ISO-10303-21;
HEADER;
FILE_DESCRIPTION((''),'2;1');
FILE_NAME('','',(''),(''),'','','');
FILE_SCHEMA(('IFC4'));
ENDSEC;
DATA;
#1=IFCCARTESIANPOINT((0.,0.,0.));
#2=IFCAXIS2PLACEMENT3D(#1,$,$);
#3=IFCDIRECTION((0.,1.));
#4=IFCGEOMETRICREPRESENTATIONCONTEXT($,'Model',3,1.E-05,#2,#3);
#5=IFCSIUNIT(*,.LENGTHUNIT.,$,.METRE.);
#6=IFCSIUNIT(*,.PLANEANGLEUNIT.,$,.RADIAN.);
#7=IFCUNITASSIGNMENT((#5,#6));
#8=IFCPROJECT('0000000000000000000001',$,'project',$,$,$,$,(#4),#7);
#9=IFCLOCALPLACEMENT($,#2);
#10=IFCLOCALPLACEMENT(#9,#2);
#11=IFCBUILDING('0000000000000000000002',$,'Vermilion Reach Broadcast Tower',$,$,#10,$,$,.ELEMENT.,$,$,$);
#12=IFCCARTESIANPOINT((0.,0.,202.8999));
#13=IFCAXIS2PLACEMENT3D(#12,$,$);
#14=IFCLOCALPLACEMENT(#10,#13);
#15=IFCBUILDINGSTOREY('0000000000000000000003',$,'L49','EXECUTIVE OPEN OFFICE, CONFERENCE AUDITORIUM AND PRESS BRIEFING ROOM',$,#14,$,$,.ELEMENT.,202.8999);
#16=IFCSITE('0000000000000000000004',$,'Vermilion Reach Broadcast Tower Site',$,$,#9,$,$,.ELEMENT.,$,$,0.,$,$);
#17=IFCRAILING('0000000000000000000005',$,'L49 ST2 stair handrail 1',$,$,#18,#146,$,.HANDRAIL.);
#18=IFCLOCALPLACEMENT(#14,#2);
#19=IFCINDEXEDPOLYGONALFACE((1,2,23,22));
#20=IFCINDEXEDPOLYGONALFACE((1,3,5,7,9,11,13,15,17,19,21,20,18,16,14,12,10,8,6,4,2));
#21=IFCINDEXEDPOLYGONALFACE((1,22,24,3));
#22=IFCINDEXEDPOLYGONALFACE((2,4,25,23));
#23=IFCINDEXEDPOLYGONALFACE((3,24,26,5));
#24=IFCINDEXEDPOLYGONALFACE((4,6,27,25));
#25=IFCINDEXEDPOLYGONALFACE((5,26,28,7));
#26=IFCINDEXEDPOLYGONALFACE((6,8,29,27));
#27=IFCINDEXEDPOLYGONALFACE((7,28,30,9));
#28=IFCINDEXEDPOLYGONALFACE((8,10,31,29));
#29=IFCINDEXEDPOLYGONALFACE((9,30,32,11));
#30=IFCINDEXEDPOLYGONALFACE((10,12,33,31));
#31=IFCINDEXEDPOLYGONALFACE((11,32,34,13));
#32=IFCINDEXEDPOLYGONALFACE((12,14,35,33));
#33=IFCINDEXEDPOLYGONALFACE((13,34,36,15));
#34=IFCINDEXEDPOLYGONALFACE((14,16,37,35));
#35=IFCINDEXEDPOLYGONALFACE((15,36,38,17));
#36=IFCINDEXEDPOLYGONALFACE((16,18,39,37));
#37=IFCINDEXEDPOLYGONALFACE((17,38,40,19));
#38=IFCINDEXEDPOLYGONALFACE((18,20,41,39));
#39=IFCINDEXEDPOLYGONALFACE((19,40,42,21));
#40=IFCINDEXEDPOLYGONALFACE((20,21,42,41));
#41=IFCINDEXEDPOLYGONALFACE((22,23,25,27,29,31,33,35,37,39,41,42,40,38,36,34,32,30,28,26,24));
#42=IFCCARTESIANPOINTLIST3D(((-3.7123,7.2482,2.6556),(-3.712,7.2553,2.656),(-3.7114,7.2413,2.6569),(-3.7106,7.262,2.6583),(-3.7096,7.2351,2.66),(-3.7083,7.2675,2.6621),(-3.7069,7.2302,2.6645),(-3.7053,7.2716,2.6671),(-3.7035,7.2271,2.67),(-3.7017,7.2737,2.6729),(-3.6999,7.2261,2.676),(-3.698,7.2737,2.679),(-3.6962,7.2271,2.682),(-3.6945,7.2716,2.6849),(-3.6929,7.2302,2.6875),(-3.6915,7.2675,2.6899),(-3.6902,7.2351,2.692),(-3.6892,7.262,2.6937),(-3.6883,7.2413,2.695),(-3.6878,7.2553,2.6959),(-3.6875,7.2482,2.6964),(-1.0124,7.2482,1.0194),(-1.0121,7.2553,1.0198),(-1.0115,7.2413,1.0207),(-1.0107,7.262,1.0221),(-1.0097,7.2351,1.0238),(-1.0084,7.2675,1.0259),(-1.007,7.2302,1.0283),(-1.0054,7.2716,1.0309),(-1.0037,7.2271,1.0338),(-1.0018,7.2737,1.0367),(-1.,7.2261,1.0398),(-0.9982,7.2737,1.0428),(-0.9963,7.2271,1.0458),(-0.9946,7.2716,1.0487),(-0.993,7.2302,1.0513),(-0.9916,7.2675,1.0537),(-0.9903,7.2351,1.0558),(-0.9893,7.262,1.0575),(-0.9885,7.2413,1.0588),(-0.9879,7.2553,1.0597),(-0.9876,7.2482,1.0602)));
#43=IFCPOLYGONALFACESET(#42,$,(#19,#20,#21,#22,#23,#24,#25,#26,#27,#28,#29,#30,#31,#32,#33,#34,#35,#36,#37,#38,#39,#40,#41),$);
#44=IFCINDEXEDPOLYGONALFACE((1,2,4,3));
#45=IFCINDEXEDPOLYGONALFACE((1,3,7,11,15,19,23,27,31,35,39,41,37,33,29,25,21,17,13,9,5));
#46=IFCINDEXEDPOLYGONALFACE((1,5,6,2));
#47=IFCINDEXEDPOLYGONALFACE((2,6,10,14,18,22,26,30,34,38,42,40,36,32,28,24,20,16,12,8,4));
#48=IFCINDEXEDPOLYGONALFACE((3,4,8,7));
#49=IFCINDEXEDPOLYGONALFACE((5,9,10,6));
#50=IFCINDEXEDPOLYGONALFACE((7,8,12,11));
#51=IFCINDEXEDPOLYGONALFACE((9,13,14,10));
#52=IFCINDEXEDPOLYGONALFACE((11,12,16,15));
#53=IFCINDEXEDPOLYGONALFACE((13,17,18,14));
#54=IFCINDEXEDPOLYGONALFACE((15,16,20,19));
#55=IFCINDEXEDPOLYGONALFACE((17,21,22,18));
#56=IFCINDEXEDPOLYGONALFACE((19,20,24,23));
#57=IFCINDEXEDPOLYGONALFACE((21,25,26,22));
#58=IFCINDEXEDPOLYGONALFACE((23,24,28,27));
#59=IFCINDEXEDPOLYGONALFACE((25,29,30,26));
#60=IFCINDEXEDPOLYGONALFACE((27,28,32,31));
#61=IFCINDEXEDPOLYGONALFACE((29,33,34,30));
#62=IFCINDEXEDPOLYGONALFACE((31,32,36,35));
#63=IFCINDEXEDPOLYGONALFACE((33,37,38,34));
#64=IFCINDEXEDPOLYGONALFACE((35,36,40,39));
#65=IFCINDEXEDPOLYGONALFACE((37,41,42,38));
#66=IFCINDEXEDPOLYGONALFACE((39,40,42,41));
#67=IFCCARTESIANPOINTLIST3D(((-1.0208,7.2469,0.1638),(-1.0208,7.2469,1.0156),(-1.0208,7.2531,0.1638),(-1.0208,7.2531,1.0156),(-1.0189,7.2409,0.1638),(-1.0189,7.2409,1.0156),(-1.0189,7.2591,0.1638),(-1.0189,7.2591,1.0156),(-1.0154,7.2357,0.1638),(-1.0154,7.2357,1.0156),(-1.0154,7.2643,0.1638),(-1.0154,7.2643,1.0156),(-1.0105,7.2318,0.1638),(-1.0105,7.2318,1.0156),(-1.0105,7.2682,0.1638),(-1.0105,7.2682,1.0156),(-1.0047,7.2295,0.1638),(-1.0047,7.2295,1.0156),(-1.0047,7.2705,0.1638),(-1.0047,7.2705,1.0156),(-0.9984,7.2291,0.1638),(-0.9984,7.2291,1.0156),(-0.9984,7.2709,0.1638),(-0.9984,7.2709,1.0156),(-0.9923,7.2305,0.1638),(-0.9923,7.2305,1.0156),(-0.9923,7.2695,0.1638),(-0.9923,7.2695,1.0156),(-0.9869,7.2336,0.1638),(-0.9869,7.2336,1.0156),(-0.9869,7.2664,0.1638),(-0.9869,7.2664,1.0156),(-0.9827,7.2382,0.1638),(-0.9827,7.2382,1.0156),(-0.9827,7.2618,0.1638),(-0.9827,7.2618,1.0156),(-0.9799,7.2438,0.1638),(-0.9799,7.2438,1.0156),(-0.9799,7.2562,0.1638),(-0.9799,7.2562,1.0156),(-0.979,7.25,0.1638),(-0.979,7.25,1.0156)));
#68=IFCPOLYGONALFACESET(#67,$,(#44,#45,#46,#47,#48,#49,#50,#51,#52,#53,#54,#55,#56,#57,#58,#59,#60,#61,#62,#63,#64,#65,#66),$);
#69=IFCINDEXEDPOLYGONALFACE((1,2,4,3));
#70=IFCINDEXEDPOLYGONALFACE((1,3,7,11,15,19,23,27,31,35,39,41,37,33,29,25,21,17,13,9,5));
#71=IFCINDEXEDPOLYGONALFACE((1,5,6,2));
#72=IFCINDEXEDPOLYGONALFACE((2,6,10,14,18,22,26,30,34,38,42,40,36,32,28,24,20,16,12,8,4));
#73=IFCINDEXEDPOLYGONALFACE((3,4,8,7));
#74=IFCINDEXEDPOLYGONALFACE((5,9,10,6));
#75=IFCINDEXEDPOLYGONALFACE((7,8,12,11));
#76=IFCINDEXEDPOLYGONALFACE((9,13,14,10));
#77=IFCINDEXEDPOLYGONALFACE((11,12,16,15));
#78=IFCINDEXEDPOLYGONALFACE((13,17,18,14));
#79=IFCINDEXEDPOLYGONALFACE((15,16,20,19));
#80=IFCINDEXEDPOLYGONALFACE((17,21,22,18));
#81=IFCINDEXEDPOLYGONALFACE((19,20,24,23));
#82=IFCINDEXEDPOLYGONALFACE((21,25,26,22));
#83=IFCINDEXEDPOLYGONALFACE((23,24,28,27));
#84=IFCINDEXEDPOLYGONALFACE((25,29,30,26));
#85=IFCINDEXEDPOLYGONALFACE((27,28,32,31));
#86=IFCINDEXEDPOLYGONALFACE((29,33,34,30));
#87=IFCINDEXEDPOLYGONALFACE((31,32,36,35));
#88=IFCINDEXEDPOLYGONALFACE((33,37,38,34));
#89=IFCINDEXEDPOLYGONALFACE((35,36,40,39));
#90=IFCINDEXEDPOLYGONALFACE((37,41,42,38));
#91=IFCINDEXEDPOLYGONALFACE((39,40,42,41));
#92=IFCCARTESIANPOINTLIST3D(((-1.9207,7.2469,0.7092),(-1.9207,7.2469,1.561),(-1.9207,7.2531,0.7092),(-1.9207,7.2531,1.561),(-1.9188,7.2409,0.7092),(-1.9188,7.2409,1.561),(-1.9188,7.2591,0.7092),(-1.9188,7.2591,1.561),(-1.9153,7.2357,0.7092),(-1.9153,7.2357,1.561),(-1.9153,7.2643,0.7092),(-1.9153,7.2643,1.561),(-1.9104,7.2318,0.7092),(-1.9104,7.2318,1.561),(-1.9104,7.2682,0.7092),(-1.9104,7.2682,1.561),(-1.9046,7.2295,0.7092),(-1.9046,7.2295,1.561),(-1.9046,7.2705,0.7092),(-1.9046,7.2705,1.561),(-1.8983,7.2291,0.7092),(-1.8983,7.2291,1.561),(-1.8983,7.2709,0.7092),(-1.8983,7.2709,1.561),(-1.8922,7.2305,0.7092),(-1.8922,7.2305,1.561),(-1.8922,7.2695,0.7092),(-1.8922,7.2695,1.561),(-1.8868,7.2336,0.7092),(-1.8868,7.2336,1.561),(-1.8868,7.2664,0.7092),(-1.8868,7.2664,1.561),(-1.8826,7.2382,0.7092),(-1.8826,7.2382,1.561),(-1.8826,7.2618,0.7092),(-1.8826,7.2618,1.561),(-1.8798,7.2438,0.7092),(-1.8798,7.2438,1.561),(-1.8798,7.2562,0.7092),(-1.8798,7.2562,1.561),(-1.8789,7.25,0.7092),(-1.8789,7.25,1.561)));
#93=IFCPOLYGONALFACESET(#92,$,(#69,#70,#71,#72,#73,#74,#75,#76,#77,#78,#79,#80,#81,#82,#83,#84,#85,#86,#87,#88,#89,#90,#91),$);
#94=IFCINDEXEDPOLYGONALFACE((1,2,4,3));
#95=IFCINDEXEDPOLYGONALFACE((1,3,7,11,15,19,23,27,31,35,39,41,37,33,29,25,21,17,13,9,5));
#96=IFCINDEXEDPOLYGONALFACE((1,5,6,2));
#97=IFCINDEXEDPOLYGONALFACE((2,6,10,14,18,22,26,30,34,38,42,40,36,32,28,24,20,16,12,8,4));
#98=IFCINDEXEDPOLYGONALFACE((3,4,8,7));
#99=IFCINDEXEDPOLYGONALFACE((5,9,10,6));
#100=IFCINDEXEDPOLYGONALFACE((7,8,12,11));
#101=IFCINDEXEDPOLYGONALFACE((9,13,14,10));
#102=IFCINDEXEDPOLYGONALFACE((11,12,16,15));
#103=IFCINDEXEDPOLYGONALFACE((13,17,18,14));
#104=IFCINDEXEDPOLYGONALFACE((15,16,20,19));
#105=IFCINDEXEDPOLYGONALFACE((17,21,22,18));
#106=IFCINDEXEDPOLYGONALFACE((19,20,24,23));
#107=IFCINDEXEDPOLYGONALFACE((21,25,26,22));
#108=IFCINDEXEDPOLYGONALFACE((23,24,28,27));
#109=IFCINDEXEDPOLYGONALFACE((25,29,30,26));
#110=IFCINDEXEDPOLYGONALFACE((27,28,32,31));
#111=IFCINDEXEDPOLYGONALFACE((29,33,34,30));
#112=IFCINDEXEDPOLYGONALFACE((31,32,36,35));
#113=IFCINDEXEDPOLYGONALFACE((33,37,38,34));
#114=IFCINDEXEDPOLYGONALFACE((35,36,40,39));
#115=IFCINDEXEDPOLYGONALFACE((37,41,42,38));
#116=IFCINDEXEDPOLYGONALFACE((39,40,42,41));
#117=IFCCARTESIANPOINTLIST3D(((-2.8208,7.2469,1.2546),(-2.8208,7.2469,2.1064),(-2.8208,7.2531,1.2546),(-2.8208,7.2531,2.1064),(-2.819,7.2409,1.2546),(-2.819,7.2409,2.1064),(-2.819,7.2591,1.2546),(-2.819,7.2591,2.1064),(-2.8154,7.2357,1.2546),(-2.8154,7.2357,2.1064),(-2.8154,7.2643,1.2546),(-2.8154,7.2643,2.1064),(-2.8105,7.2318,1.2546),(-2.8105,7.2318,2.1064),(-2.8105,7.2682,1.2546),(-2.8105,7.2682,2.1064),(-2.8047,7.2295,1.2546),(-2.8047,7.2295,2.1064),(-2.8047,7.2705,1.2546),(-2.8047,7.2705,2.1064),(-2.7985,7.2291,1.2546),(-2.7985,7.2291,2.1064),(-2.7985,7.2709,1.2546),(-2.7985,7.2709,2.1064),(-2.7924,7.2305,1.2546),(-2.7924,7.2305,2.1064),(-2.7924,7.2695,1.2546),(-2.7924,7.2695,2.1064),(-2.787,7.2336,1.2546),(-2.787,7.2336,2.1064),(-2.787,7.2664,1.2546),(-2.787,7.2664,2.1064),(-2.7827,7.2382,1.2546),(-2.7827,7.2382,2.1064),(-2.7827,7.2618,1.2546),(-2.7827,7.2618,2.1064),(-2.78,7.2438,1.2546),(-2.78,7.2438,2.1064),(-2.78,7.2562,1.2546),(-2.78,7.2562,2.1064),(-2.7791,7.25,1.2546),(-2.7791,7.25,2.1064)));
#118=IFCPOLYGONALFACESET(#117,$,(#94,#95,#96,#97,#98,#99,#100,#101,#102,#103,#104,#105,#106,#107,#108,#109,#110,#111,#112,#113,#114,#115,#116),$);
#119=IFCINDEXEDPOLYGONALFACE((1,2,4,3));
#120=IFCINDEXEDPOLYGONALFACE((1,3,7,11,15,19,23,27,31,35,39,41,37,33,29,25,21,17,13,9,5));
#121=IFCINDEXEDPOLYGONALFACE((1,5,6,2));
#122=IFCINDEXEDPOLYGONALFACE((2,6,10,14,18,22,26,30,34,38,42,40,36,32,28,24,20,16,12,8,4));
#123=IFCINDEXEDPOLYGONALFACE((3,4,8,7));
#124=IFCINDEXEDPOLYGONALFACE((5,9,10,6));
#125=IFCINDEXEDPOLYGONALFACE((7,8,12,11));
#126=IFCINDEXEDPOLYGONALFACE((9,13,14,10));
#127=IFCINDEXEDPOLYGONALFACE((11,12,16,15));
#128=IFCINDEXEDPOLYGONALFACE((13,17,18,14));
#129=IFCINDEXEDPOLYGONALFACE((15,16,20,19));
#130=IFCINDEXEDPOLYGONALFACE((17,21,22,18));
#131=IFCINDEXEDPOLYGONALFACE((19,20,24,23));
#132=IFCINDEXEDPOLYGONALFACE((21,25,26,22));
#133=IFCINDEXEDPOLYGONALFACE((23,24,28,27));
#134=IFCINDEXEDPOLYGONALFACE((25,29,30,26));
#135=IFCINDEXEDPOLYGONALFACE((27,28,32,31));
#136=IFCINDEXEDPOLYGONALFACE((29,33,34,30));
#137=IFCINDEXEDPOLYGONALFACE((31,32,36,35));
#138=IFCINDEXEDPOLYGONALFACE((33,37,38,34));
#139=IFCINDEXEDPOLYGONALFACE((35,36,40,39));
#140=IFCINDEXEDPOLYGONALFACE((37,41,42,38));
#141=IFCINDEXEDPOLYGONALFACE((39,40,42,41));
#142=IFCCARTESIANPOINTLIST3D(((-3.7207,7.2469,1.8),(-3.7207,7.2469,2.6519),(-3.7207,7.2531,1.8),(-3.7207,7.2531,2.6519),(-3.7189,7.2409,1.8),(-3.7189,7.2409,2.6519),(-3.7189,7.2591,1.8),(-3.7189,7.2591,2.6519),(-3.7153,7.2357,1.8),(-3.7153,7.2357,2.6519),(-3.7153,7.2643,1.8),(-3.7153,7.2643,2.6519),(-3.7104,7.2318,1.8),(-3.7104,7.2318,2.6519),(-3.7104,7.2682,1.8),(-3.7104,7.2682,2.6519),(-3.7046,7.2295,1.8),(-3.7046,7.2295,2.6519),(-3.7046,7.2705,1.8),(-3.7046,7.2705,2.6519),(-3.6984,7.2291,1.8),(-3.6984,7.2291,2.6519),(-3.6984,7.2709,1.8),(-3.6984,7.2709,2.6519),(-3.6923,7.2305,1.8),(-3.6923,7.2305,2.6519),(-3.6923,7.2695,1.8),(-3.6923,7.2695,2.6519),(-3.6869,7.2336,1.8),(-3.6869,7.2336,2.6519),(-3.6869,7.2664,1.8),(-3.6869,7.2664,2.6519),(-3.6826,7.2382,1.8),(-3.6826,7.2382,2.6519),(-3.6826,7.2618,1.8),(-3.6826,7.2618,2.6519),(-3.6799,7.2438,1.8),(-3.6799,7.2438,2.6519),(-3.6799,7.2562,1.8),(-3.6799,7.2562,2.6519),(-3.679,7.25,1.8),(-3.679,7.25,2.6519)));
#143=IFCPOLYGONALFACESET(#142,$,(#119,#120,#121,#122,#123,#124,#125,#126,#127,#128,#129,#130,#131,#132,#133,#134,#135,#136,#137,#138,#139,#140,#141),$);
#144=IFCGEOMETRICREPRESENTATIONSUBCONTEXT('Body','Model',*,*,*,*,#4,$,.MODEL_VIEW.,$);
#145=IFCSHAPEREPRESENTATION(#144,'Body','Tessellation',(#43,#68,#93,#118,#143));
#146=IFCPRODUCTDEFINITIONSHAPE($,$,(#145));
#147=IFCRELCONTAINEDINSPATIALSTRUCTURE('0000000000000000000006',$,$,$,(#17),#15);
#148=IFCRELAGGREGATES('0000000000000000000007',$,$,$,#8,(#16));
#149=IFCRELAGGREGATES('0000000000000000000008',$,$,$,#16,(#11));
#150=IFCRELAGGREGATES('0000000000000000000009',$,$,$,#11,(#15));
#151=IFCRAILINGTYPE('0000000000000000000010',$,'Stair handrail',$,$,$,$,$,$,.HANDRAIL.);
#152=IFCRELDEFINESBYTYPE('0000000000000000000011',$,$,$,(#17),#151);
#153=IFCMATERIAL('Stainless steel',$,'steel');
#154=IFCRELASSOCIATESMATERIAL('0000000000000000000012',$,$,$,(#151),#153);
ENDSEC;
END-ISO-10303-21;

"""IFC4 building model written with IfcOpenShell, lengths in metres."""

from ifc_helpers import new_model, si_unit, direction, frame, origin, origin_2d, place, context, subcontext, project, spatial, circle, extrude, material, type_object, element, save


model = new_model("IFC4")

# Units and contexts
model_context = context("Model", 3, precision=1e-05, world=origin(), true_north=direction((0.0, 1.0)))
body_context = subcontext(model_context, "Body", "Model", "MODEL_VIEW")
ifc_project = project(units=[si_unit("LENGTHUNIT", "METRE"), si_unit("PLANEANGLEUNIT", "RADIAN")], contexts=[model_context])

# Site, building, storey
site_placement = place(None, origin())
site = spatial("IfcSite", under=ifc_project, at=site_placement, Name="Vermilion Reach Broadcast Tower Site", CompositionType="ELEMENT", RefElevation=0.0)
building_placement = place(site_placement, origin())
building = spatial("IfcBuilding", under=site, at=building_placement, Name="Vermilion Reach Broadcast Tower", CompositionType="ELEMENT")
storey_placement = place(building_placement, frame((0.0, 0.0, 202.8999)))
storey = spatial("IfcBuildingStorey", under=building, at=storey_placement, Name="L49", Description="EXECUTIVE OPEN OFFICE, CONFERENCE AUDITORIUM AND PRESS BRIEFING ROOM", CompositionType="ELEMENT", Elevation=202.8999)

# Railing
ifc_material_1 = material(Name="Stainless steel", Category="steel")
railing_type_1 = type_object("IfcRailingType", Name="Stair handrail", PredefinedType="HANDRAIL", material=ifc_material_1)
railing_1_placement = place(storey_placement, frame((-1.0, 7.25, 0.1638)))
element("IfcRailing", 1, at=railing_1_placement, inside=storey, type_object=railing_type_1, Name="L49 ST2 stair handrail 1", PredefinedType="HANDRAIL", context=body_context, shape_type="SweptSolid", body=[
    extrude(circle(Radius=0.0239, at=origin_2d()), frame((0.0, 0.0, 0.876), z_axis=(-0.855212, 0.0, 0.518278), x_axis=(0.0, -1.0, 0.0)), (0.0, 0.0, 1.0), 3.157),
    extrude(circle(Radius=0.021, at=origin_2d()), origin(), (0.0, 0.0, 1.0), 0.8518),
    extrude(circle(Radius=0.021, at=origin_2d()), frame((-0.8999, 0.0, 0.5454)), (0.0, 0.0, 1.0), 0.8518),
    extrude(circle(Radius=0.021, at=origin_2d()), frame((-1.8, 0.0, 1.0908)), (0.0, 0.0, 1.0), 0.8518),
    extrude(circle(Radius=0.021, at=origin_2d()), frame((-2.7, 0.0, 1.6362)), (0.0, 0.0, 1.0), 0.8518),
])

save(model, "model.ifc")
